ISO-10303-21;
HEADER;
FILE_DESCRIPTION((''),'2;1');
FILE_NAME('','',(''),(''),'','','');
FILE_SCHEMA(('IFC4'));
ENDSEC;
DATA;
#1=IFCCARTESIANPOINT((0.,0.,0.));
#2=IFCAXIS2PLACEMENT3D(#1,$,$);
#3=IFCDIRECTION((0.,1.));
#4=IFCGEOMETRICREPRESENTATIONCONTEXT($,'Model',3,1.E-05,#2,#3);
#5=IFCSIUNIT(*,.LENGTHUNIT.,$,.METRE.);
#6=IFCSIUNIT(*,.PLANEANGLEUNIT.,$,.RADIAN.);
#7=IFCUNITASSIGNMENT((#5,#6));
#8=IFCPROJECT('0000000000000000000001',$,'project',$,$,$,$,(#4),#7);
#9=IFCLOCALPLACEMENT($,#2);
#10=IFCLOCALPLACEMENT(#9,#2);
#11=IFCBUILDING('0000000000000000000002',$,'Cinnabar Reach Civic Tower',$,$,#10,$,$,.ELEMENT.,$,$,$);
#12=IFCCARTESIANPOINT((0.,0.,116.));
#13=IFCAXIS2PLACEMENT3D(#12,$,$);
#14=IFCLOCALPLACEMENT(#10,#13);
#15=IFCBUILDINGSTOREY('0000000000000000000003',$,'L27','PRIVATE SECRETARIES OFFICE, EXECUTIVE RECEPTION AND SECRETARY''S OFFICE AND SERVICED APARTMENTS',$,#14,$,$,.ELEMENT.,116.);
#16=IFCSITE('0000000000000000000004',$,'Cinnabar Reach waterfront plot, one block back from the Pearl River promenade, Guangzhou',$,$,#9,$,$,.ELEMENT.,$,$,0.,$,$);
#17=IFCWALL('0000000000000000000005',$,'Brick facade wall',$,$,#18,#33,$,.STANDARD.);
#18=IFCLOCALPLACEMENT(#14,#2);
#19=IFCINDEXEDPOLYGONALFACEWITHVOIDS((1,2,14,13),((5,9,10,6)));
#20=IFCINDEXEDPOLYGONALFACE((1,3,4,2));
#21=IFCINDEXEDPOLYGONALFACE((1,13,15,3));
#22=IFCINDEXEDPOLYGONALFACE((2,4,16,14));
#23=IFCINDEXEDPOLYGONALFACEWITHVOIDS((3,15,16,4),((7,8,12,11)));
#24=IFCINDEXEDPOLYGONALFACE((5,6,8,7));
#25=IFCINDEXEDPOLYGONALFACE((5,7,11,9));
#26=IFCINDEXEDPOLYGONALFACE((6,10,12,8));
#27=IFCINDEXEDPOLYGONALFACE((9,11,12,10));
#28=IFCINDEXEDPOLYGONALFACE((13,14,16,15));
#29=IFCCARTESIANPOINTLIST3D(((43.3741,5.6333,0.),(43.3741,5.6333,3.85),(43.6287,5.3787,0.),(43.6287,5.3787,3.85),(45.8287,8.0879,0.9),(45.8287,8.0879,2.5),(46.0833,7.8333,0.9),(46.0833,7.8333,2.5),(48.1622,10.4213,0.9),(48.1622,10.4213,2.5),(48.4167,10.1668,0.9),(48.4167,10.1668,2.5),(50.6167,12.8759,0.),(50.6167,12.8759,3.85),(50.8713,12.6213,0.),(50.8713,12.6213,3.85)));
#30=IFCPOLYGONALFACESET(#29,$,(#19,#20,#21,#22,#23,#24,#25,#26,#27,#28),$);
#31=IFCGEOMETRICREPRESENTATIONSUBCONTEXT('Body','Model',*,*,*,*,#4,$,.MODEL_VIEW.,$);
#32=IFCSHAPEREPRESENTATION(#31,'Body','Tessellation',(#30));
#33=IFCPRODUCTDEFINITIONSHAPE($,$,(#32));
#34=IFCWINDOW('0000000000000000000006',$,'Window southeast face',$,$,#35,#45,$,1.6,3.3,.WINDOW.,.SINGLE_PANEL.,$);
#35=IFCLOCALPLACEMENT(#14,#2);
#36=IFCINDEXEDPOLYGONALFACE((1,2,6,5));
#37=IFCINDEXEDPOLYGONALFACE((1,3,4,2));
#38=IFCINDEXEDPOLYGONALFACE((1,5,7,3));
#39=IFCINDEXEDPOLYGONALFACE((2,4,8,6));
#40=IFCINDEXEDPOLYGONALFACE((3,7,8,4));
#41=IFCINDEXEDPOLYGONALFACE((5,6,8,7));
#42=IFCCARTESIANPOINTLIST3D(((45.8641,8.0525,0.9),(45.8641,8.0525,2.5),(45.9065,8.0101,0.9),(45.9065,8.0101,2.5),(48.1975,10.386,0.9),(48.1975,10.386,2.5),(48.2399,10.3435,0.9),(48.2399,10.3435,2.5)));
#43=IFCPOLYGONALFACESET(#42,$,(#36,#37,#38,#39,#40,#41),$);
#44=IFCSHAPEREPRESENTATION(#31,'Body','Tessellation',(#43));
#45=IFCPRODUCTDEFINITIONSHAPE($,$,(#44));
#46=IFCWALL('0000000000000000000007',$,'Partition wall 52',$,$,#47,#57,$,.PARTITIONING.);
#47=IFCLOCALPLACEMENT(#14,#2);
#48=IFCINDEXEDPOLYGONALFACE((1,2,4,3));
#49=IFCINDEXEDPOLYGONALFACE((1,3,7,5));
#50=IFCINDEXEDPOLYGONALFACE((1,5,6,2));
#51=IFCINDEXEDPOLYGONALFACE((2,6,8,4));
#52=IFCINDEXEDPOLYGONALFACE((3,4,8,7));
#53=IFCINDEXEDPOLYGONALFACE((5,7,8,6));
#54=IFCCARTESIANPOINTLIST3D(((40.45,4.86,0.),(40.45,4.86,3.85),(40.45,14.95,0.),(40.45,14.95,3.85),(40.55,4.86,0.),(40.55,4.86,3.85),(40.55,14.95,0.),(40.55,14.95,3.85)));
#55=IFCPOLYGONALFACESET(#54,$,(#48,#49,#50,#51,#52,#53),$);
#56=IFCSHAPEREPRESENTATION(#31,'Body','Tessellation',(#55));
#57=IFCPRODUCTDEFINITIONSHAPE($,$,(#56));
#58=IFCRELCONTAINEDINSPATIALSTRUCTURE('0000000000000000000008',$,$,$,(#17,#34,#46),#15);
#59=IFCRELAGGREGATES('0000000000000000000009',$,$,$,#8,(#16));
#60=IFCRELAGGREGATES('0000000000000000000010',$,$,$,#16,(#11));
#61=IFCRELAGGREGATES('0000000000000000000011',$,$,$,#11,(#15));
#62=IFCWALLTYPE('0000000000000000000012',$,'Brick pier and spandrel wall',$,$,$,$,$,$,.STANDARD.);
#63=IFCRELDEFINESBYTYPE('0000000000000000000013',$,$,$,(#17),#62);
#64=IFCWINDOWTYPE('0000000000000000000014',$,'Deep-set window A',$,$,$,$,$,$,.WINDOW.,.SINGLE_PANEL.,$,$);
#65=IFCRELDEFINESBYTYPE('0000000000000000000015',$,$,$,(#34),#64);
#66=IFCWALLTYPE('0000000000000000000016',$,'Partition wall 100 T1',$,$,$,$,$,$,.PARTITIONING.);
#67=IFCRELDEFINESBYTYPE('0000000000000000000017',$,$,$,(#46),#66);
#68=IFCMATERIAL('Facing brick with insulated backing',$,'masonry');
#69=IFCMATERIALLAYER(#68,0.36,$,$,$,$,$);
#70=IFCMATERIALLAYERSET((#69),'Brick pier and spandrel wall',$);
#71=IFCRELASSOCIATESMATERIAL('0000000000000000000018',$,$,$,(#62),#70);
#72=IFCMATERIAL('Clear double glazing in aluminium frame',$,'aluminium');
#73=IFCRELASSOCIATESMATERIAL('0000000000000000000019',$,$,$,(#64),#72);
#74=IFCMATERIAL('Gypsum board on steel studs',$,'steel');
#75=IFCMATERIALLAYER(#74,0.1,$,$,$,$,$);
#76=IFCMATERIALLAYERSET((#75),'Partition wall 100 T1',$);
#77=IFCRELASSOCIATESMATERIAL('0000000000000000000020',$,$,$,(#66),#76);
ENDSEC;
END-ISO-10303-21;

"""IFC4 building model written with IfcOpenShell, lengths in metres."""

from ifc_helpers import new_model, si_unit, direction, frame, frame_2d, origin, place, context, subcontext, project, spatial, rectangle, extrude, material, layer, layer_set, type_object, element, fill, save


model = new_model("IFC4")

# Units and contexts
model_context = context("Model", 3, precision=1e-05, world=origin(), true_north=direction((0.0, 1.0)))
body_context = subcontext(model_context, "Body", "Model", "MODEL_VIEW")
ifc_project = project(units=[si_unit("LENGTHUNIT", "METRE"), si_unit("PLANEANGLEUNIT", "RADIAN")], contexts=[model_context])

# Site, building, storey
site_placement = place(None, origin())
site = spatial("IfcSite", under=ifc_project, at=site_placement, Name="Cinnabar Reach waterfront plot, one block back from the Pearl River promenade, Guangzhou", CompositionType="ELEMENT", RefElevation=0.0)
building_placement = place(site_placement, origin())
building = spatial("IfcBuilding", under=site, at=building_placement, Name="Cinnabar Reach Civic Tower", CompositionType="ELEMENT")
storey_placement = place(building_placement, frame((0.0, 0.0, 116.0)))
storey = spatial("IfcBuildingStorey", under=building, at=storey_placement, Name="L27", Description="PRIVATE SECRETARIES OFFICE, EXECUTIVE RECEPTION AND SECRETARY'S OFFICE AND SERVICED APARTMENTS", CompositionType="ELEMENT", Elevation=116.0)

# Shared definitions
ifc_material_1 = material(Name="Facing brick with insulated backing", Category="masonry")

# Wall, opening, window
ifc_layer_1 = layer(ifc_material_1, 0.36)
ifc_layer_set_1 = layer_set([ifc_layer_1], Name="Brick pier and spandrel wall")
wall_type_1 = type_object("IfcWallType", Name="Brick pier and spandrel wall", PredefinedType="STANDARD", material=ifc_layer_set_1)
wall_1_placement = place(storey_placement, frame((43.5014, 5.506, 0.0), z_axis=(0.0, 0.0, 1.0), x_axis=(0.707107, 0.707107, 0.0)))
wall_1 = element("IfcWall", 1, at=wall_1_placement, inside=storey, type_object=wall_type_1, Name="Brick facade wall", PredefinedType="STANDARD", context=body_context, shape_type="SweptSolid", body=[
    extrude(rectangle(XDim=10.2426, YDim=0.36, at=frame_2d((5.1213, 0.0))), origin(), (0.0, 0.0, 1.0), 3.85),
])
opening_placement = place(wall_1_placement, frame((3.4713, 0.0, 0.9)))
opening = element("IfcOpeningElement", 2, at=opening_placement, cuts=wall_1, PredefinedType="OPENING", context=body_context, shape_type="SweptSolid", body=[
    extrude(rectangle(XDim=3.3, YDim=1.6, at=frame_2d((1.65, 0.8))), frame((0.0, 0.19, 0.0), z_axis=(0.0, -1.0, 0.0), x_axis=(1.0, 0.0, 0.0)), (0.0, 0.0, 1.0), 0.38),
])
ifc_material_2 = material(Name="Clear double glazing in aluminium frame", Category="aluminium")
window_type = type_object("IfcWindowType", Name="Deep-set window A", PartitioningType="SINGLE_PANEL", PredefinedType="WINDOW", material=ifc_material_2)
window_placement = place(opening_placement, origin())
window = element("IfcWindow", 3, at=window_placement, inside=storey, type_object=window_type, Name="Window southeast face", OverallHeight=1.6, OverallWidth=3.3, PartitioningType="SINGLE_PANEL", PredefinedType="WINDOW", context=body_context, shape_type="SweptSolid", body=[
    extrude(rectangle(XDim=3.3, YDim=1.6, at=frame_2d((1.65, 0.8))), frame((0.0, 0.13, 0.0), z_axis=(0.0, -1.0, 0.0), x_axis=(1.0, 0.0, 0.0)), (0.0, 0.0, 1.0), 0.06),
])
fill(opening, window)

# Wall
ifc_material_3 = material(Name="Gypsum board on steel studs", Category="steel")
ifc_layer_2 = layer(ifc_material_3, 0.1)
ifc_layer_set_2 = layer_set([ifc_layer_2], Name="Partition wall 100 T1")
wall_type_2 = type_object("IfcWallType", Name="Partition wall 100 T1", PredefinedType="PARTITIONING", material=ifc_layer_set_2)
wall_2_placement = place(storey_placement, frame((40.5, 4.86, 0.0), z_axis=(0.0, 0.0, 1.0), x_axis=(0.0, 1.0, 0.0)))
element("IfcWall", 4, at=wall_2_placement, inside=storey, type_object=wall_type_2, Name="Partition wall 52", PredefinedType="PARTITIONING", context=body_context, shape_type="SweptSolid", body=[
    extrude(rectangle(XDim=10.09, YDim=0.1, at=frame_2d((5.045, 0.0))), origin(), (0.0, 0.0, 1.0), 3.85),
])

save(model, "model.ifc")
